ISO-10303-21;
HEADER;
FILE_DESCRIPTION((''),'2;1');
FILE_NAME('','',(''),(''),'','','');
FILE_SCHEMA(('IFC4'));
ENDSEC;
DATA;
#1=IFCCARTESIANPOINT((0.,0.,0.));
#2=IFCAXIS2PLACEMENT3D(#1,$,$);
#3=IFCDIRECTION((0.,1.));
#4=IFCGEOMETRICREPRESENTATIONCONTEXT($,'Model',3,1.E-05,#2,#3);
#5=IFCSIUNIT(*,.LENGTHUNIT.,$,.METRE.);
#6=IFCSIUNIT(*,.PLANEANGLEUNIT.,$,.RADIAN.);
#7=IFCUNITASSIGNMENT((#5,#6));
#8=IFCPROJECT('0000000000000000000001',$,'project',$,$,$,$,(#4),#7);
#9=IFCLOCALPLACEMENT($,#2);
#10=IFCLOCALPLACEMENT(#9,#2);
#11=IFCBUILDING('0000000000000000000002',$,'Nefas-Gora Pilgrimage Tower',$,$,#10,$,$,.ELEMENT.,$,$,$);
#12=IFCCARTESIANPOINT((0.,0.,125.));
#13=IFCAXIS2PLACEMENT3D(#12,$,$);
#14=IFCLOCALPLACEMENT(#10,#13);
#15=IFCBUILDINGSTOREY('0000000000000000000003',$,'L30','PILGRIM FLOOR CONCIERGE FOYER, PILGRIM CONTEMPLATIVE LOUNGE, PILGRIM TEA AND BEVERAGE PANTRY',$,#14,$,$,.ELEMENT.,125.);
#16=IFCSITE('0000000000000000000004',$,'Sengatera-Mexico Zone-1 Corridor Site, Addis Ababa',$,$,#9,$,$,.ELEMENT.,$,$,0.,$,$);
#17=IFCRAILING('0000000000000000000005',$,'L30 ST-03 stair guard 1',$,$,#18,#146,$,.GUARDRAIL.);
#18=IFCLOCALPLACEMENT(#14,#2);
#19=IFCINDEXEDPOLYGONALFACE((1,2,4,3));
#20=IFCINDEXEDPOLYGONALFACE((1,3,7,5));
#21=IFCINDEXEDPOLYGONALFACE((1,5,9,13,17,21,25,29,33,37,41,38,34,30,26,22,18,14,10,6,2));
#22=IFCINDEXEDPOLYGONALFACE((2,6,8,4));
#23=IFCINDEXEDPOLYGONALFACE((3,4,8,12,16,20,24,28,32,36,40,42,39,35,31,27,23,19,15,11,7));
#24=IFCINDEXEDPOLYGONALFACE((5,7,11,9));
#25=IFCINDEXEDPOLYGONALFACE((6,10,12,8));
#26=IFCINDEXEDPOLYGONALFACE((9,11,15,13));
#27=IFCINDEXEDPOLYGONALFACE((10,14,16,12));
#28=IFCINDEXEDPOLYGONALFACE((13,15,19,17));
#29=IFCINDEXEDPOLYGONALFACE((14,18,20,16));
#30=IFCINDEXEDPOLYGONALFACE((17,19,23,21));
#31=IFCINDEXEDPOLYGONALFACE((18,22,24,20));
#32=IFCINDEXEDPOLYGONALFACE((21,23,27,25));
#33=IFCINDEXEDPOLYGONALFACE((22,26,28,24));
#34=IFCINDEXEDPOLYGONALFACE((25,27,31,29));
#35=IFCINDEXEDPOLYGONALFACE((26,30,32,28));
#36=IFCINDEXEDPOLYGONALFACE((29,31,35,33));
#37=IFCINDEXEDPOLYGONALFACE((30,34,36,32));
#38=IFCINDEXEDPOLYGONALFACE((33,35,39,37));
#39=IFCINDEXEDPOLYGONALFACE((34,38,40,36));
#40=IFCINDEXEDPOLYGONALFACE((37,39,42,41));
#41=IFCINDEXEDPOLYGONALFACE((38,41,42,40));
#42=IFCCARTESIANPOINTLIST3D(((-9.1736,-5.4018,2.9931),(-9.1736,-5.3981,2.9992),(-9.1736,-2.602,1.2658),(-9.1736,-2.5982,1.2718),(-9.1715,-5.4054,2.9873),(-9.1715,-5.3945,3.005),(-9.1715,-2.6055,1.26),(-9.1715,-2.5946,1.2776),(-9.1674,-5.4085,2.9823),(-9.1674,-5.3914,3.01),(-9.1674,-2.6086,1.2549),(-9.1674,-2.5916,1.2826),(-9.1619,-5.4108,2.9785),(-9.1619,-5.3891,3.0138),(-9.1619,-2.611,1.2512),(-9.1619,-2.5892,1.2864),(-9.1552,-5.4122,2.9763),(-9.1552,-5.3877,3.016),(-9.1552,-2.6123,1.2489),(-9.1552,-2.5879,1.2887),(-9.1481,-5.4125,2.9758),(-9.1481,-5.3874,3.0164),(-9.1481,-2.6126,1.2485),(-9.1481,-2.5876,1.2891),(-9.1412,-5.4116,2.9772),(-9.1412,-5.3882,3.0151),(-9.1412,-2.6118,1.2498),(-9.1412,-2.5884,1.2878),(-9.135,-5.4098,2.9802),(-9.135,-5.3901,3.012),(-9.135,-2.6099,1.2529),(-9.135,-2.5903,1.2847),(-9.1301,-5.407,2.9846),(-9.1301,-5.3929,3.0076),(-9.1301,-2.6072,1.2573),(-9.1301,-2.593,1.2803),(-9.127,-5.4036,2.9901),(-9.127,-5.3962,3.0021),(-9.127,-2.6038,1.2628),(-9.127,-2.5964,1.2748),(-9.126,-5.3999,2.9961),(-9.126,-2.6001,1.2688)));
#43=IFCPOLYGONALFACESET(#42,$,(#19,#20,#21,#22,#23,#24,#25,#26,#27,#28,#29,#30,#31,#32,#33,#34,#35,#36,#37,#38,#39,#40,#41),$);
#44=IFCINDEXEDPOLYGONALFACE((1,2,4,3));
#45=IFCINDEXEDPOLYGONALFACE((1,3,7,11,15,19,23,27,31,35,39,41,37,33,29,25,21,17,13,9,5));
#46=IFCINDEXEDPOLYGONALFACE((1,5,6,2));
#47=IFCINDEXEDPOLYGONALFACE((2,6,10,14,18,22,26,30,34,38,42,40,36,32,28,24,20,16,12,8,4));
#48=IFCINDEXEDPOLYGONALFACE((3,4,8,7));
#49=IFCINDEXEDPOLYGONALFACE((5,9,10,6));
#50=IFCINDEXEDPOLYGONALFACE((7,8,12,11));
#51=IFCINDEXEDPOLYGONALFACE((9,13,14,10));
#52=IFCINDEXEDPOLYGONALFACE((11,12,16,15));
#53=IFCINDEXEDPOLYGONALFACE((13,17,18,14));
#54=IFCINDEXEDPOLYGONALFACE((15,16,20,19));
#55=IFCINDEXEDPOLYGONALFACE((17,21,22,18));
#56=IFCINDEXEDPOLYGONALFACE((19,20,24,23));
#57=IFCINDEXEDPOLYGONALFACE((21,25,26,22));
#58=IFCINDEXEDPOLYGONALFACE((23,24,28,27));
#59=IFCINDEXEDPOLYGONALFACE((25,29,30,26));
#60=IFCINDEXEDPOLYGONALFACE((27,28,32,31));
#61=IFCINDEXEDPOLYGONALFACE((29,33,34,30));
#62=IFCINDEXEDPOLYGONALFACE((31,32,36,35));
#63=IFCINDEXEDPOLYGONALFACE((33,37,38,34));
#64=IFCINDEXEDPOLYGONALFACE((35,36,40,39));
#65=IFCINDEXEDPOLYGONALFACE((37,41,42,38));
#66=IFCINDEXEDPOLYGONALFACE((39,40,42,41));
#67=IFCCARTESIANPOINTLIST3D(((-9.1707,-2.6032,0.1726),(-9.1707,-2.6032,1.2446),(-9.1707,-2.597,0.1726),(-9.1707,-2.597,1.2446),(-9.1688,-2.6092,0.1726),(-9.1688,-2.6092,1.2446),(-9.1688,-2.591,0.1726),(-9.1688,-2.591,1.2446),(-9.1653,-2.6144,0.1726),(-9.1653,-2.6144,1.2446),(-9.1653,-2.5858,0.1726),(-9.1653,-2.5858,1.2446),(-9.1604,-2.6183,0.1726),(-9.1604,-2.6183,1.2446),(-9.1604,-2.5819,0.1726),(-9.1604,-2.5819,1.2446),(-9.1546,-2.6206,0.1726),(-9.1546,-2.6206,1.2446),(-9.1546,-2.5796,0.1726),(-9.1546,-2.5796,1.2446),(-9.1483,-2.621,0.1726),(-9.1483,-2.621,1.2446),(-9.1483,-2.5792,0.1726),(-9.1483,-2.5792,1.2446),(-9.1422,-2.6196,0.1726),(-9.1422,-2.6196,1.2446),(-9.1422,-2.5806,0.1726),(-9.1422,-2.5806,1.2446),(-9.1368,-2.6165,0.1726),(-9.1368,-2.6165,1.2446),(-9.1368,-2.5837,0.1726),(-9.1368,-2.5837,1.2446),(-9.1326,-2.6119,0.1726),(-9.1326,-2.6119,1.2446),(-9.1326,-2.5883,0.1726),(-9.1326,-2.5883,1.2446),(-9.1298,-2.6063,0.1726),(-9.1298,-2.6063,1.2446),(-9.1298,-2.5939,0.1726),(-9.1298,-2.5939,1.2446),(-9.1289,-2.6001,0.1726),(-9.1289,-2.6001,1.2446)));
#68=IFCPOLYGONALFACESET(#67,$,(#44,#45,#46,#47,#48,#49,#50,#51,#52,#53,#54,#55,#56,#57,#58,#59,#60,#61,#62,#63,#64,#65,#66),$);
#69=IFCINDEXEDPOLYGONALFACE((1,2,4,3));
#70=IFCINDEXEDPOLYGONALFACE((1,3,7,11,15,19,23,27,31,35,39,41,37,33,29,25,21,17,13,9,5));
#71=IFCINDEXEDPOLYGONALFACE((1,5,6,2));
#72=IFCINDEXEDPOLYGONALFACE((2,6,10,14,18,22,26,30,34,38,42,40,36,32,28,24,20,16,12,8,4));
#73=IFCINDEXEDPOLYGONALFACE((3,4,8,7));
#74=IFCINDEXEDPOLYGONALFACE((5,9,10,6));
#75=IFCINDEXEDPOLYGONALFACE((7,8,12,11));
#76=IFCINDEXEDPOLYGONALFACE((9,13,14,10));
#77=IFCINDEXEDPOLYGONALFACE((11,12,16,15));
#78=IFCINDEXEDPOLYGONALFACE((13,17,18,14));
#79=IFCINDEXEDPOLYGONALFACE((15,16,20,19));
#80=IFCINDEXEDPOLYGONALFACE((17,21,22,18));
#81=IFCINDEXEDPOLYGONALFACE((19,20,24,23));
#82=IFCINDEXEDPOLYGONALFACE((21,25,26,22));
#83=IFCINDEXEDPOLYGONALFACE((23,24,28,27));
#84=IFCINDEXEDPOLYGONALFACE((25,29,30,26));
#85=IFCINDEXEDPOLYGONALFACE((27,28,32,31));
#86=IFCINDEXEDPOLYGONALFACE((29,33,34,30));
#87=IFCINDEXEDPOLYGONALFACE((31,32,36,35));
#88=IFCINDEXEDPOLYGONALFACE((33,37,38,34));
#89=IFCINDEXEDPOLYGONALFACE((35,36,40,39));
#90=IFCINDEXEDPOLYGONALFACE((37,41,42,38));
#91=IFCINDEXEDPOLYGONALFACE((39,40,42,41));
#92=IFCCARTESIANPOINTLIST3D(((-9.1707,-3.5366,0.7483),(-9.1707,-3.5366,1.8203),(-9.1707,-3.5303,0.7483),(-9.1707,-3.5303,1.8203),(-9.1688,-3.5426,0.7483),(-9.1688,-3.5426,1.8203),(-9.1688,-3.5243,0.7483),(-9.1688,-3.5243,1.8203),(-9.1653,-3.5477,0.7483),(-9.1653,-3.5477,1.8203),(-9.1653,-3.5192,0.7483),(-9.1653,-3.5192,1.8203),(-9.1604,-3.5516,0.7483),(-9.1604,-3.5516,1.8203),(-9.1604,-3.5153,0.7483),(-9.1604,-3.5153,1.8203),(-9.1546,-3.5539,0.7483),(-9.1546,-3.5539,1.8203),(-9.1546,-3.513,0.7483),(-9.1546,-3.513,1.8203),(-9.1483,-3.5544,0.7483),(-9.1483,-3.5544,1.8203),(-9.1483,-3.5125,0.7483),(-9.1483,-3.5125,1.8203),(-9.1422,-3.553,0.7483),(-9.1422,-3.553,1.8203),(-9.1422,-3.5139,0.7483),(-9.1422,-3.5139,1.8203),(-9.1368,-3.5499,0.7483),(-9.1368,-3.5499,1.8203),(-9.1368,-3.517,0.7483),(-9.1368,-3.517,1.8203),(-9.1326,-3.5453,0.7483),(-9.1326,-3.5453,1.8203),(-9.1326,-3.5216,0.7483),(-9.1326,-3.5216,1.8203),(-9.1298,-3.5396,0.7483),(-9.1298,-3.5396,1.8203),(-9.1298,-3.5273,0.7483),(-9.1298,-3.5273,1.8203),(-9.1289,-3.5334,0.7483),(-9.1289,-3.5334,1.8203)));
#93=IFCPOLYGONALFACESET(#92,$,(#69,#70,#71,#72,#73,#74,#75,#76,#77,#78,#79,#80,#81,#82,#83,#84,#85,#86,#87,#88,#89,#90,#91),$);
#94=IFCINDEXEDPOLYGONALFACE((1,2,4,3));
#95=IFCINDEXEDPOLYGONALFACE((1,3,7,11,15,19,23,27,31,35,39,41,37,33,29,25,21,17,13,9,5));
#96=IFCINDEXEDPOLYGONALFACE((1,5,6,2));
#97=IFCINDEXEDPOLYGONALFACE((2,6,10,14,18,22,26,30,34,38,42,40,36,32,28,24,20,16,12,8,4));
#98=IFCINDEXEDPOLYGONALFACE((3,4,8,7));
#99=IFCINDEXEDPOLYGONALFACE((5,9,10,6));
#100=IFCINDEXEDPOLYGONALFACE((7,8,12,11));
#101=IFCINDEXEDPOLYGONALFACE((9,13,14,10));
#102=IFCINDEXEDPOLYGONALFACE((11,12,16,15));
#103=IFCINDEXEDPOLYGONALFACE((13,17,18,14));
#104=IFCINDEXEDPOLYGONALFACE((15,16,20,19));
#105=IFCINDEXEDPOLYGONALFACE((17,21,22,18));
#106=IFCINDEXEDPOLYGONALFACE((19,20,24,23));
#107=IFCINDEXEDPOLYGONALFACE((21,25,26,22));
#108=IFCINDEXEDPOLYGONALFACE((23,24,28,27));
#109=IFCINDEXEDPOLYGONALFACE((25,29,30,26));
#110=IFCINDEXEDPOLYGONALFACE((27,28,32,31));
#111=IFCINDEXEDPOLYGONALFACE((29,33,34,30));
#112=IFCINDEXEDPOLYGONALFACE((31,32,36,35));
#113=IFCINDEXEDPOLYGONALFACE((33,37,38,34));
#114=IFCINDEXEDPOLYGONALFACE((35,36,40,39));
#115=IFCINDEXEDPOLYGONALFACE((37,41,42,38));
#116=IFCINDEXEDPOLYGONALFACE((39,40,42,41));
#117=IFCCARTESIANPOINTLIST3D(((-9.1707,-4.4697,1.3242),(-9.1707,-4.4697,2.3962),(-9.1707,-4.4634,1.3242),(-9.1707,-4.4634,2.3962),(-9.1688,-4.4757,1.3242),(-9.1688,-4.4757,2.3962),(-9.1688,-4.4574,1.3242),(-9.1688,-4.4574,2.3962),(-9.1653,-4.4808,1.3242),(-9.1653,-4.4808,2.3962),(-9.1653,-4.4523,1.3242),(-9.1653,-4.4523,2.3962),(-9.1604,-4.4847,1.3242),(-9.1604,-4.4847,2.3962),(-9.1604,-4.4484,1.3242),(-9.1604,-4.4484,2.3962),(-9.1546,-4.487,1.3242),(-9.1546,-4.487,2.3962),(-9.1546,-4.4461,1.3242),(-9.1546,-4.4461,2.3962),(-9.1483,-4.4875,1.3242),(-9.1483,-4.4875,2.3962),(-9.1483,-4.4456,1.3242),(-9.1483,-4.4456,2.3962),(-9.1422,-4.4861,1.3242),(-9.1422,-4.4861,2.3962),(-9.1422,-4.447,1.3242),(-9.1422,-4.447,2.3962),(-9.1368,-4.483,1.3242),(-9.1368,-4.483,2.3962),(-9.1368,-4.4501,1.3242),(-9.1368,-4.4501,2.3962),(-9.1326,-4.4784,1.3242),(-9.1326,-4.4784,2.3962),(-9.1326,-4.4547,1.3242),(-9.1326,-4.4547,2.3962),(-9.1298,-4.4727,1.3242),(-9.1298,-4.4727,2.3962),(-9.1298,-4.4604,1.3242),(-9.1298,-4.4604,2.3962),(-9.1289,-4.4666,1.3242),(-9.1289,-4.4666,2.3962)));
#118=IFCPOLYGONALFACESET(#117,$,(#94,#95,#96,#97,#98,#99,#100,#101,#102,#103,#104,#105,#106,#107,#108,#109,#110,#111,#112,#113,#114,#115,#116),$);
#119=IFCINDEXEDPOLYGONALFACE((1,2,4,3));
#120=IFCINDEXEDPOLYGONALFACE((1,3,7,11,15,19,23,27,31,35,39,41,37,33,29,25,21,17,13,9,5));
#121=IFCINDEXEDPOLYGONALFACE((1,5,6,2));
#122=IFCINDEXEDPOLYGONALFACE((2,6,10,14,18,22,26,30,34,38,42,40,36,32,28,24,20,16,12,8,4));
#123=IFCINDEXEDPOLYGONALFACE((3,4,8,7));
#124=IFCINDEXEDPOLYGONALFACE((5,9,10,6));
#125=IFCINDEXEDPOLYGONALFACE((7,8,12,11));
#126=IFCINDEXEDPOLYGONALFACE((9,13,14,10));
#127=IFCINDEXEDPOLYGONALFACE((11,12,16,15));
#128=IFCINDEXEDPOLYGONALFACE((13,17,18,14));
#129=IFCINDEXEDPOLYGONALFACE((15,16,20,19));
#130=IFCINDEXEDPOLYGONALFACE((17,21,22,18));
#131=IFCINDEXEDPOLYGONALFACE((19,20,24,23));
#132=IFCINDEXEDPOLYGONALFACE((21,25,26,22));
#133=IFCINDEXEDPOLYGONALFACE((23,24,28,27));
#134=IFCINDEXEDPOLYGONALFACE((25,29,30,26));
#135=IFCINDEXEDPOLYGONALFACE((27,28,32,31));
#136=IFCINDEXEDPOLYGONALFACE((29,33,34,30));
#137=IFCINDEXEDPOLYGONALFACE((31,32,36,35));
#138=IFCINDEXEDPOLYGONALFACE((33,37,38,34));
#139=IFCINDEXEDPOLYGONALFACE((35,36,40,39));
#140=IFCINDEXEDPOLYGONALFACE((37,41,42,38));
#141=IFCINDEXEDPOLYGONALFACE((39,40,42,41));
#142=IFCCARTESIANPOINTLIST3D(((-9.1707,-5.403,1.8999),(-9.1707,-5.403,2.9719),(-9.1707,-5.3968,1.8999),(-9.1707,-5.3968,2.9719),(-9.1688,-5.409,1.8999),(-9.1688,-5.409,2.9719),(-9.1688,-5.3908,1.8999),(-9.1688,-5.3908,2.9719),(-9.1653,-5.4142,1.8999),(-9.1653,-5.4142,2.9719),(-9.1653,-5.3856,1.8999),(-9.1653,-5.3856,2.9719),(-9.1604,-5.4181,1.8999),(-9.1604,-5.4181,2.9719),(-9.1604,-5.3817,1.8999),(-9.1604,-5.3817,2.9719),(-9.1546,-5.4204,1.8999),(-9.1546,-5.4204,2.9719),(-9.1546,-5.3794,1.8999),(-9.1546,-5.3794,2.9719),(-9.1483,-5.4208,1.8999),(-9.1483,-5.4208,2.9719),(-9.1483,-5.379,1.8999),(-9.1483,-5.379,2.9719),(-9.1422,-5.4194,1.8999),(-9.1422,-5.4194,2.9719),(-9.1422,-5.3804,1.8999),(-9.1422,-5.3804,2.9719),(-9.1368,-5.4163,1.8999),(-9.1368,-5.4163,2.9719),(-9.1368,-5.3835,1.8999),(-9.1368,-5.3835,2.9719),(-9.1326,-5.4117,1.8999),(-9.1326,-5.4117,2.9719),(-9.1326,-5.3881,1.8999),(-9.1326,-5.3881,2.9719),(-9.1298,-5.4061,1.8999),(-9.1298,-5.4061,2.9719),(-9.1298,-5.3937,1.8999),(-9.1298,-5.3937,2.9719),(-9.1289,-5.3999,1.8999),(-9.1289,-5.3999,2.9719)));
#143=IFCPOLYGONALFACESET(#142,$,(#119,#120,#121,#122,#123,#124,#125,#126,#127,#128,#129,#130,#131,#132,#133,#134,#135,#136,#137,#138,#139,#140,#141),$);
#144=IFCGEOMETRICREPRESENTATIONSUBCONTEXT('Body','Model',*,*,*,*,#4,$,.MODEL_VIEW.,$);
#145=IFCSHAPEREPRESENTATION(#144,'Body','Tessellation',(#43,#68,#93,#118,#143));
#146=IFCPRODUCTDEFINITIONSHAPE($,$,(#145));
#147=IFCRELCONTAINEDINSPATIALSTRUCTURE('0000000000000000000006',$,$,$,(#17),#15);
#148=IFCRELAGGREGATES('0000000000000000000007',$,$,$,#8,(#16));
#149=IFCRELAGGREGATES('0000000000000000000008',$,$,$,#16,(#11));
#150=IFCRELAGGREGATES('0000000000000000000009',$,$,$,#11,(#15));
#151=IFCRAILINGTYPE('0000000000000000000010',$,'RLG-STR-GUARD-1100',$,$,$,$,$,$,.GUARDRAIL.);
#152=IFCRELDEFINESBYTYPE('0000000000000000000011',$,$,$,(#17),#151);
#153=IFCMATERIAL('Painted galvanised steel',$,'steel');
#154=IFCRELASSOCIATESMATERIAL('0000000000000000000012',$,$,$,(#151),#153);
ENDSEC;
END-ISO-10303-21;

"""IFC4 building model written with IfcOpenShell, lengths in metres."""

from ifc_helpers import new_model, si_unit, direction, frame, origin, origin_2d, place, context, subcontext, project, spatial, circle, extrude, material, type_object, element, save


model = new_model("IFC4")

# Units and contexts
model_context = context("Model", 3, precision=1e-05, world=origin(), true_north=direction((0.0, 1.0)))
body_context = subcontext(model_context, "Body", "Model", "MODEL_VIEW")
ifc_project = project(units=[si_unit("LENGTHUNIT", "METRE"), si_unit("PLANEANGLEUNIT", "RADIAN")], contexts=[model_context])

# Site, building, storey
site_placement = place(None, origin())
site = spatial("IfcSite", under=ifc_project, at=site_placement, Name="Sengatera-Mexico Zone-1 Corridor Site, Addis Ababa", CompositionType="ELEMENT", RefElevation=0.0)
building_placement = place(site_placement, origin())
building = spatial("IfcBuilding", under=site, at=building_placement, Name="Nefas-Gora Pilgrimage Tower", CompositionType="ELEMENT")
storey_placement = place(building_placement, frame((0.0, 0.0, 125.0)))
storey = spatial("IfcBuildingStorey", under=building, at=storey_placement, Name="L30", Description="PILGRIM FLOOR CONCIERGE FOYER, PILGRIM CONTEMPLATIVE LOUNGE, PILGRIM TEA AND BEVERAGE PANTRY", CompositionType="ELEMENT", Elevation=125.0)

# Railing
ifc_material_1 = material(Name="Painted galvanised steel", Category="steel")
railing_type_1 = type_object("IfcRailingType", Name="RLG-STR-GUARD-1100", PredefinedType="GUARDRAIL", material=ifc_material_1)
railing_1_placement = place(storey_placement, frame((-9.1499, -2.6001, 0.1726)))
element("IfcRailing", 1, at=railing_1_placement, inside=storey, type_object=railing_type_1, Name="L30 ST-03 stair guard 1", PredefinedType="GUARDRAIL", context=body_context, shape_type="SweptSolid", body=[
    extrude(circle(Radius=0.0239, at=origin_2d()), frame((0.0, 0.0, 1.0962), z_axis=(0.0, -0.851069, 0.525054), x_axis=(1.0, 0.0, 0.0)), (0.0, 0.0, 1.0), 3.2898),
    extrude(circle(Radius=0.021, at=origin_2d()), origin(), (0.0, 0.0, 1.0), 1.072),
    extrude(circle(Radius=0.021, at=origin_2d()), frame((0.0, -0.9333, 0.5757)), (0.0, 0.0, 1.0), 1.072),
    extrude(circle(Radius=0.021, at=origin_2d()), frame((0.0, -1.8665, 1.1516)), (0.0, 0.0, 1.0), 1.072),
    extrude(circle(Radius=0.021, at=origin_2d()), frame((0.0, -2.7998, 1.7273)), (0.0, 0.0, 1.0), 1.072),
])

save(model, "model.ifc")
